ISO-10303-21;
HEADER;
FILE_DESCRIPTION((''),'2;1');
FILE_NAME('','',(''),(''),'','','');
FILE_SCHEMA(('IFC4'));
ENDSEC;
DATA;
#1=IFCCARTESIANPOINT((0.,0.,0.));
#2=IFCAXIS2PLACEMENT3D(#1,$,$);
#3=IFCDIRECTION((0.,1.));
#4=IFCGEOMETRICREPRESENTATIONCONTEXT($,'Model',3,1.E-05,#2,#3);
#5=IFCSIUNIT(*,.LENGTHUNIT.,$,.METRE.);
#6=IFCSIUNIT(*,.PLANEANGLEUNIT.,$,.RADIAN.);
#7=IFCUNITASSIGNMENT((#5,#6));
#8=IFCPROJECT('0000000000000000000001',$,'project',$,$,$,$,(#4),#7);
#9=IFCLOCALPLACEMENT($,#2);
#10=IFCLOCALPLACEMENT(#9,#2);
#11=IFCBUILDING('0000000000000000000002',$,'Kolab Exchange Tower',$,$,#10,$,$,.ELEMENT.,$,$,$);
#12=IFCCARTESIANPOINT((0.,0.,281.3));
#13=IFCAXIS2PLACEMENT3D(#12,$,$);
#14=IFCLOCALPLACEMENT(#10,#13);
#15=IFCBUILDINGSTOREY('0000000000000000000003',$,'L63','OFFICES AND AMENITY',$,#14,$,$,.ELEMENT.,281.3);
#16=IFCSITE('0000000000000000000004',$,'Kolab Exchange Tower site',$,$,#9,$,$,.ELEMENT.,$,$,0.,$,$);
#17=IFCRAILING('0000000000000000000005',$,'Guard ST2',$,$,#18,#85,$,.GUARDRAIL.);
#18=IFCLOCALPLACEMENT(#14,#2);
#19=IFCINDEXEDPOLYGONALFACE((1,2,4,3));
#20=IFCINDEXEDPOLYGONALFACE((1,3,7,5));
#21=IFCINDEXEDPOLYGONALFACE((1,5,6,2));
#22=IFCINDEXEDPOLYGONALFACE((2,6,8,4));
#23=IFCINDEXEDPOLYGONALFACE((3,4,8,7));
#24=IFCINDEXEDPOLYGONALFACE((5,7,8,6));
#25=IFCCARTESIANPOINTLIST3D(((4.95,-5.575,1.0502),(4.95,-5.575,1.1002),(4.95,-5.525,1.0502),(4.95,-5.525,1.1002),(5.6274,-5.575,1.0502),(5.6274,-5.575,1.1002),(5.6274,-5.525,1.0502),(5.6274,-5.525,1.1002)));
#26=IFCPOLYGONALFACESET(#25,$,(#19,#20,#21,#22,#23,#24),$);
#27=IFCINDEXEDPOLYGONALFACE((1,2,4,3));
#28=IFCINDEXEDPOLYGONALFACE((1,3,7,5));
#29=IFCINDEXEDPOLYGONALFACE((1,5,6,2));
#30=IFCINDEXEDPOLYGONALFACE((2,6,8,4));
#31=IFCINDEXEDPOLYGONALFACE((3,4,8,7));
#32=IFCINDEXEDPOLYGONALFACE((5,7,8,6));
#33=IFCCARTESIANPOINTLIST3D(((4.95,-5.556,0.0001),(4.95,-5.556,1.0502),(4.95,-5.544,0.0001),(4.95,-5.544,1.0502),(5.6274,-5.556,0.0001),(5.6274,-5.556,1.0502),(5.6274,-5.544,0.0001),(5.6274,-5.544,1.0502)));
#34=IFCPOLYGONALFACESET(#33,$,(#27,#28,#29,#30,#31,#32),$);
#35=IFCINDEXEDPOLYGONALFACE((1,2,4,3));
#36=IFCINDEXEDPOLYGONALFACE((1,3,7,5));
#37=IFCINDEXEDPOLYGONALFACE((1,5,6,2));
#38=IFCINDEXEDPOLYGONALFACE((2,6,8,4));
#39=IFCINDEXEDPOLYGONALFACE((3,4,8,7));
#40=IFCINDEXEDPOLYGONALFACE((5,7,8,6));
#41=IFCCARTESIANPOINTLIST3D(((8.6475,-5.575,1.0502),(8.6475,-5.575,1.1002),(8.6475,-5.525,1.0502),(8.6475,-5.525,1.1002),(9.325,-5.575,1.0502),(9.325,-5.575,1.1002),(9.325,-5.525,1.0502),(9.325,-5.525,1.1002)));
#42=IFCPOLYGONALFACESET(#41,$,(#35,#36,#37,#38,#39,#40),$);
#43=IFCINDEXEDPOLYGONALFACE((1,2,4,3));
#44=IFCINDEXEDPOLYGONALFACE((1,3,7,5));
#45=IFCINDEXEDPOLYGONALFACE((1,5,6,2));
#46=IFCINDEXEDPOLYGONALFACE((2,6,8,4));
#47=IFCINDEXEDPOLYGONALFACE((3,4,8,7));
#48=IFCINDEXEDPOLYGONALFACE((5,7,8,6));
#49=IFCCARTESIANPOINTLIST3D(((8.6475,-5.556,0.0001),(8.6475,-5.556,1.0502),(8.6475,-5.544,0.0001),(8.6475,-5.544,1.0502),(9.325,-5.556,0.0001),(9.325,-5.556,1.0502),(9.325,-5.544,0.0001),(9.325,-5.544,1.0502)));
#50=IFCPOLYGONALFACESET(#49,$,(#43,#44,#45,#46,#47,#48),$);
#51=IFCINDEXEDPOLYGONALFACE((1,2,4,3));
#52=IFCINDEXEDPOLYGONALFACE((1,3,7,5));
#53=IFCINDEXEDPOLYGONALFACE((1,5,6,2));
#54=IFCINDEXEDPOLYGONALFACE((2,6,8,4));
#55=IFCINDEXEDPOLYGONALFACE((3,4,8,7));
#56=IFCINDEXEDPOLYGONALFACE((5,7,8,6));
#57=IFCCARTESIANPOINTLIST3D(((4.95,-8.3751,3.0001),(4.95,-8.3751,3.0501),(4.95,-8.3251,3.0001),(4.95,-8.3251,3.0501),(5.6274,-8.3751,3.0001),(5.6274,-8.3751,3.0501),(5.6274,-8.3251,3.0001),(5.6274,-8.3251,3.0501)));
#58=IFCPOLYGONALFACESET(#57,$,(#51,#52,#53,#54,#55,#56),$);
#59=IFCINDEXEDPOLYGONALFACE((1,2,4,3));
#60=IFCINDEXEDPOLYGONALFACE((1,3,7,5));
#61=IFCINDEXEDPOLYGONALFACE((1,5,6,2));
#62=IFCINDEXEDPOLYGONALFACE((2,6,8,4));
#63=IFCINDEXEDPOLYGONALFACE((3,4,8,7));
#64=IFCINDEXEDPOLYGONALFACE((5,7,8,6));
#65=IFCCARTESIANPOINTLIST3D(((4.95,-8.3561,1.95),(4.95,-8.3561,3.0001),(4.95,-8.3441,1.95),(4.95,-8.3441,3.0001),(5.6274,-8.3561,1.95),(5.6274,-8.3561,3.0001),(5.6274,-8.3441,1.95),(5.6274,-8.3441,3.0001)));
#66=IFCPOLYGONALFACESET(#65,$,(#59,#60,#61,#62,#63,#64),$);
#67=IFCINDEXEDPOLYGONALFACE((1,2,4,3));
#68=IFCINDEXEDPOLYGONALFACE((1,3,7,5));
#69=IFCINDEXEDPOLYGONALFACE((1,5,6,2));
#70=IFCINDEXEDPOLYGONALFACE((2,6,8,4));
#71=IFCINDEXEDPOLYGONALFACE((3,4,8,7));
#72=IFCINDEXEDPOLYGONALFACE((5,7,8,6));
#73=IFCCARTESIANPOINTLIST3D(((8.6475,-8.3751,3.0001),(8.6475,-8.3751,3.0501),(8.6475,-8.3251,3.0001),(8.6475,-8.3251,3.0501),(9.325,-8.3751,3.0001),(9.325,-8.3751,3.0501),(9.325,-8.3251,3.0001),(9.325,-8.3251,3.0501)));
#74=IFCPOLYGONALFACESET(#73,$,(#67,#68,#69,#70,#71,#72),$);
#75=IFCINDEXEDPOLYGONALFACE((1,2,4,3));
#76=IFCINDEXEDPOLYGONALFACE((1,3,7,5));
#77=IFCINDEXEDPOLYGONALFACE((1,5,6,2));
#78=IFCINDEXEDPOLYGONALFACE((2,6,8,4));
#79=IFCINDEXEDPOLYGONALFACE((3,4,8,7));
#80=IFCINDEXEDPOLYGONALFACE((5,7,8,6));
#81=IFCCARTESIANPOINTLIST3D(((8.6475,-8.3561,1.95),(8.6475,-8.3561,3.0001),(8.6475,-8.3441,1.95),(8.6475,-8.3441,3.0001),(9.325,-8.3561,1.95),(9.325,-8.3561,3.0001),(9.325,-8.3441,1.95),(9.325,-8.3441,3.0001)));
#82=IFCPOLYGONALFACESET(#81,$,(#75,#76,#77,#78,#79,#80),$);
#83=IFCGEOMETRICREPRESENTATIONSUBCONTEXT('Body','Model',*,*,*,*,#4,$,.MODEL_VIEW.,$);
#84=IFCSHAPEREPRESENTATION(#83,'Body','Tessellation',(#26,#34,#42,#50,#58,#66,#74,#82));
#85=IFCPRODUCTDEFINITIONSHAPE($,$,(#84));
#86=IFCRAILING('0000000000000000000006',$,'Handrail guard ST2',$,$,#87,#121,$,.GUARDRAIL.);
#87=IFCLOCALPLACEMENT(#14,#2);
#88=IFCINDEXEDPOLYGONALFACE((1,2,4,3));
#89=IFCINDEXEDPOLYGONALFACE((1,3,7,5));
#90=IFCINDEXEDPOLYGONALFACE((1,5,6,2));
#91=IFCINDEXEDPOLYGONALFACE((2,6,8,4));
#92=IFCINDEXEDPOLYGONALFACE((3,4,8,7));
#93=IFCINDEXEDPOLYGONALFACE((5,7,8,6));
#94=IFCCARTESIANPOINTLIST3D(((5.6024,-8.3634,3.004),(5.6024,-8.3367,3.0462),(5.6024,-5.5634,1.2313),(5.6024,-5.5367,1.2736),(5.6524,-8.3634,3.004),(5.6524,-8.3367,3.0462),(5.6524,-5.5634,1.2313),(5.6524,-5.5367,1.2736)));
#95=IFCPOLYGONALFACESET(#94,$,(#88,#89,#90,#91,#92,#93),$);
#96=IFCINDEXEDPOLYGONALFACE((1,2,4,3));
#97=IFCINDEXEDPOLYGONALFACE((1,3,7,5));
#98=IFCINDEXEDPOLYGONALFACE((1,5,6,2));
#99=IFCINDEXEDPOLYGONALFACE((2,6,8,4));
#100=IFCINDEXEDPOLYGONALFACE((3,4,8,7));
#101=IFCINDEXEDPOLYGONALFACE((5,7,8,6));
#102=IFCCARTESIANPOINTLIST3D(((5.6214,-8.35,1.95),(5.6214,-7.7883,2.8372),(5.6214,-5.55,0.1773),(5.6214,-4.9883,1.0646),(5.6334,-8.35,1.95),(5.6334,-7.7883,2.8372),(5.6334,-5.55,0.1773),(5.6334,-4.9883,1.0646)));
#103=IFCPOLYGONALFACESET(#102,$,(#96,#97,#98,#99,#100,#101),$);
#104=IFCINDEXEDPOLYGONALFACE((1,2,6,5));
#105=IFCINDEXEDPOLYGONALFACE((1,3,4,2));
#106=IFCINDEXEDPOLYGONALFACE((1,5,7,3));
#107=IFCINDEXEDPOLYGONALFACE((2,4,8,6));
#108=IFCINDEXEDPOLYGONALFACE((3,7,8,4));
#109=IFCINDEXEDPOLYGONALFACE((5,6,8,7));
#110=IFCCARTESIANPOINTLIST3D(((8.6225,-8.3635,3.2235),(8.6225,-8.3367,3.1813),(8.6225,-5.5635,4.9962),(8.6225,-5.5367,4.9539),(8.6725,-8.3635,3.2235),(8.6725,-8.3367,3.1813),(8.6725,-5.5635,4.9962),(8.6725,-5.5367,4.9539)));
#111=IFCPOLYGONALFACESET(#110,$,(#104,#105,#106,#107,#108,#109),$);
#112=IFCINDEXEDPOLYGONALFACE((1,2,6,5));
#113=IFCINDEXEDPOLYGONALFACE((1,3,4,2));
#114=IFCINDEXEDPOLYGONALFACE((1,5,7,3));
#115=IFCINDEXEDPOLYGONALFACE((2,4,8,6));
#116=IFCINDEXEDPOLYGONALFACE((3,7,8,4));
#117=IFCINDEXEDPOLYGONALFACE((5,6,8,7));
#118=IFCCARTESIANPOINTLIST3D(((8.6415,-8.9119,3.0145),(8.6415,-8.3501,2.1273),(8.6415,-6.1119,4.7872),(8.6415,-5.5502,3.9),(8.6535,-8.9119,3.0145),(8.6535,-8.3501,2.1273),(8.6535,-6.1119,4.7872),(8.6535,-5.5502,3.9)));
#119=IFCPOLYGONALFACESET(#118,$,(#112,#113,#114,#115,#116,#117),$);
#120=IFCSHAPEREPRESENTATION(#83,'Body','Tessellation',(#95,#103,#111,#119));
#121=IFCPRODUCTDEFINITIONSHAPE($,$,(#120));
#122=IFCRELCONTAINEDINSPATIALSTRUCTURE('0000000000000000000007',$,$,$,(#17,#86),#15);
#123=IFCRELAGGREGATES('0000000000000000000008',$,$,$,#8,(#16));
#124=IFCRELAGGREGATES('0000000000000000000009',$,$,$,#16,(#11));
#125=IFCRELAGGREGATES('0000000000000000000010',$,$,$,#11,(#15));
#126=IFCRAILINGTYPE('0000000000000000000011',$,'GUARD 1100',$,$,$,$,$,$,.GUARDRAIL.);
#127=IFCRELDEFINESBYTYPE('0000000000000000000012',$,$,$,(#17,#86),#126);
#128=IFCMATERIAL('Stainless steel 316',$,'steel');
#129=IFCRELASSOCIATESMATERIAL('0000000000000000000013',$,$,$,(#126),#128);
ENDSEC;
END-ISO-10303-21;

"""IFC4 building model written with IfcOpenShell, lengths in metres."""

from ifc_helpers import new_model, si_unit, direction, frame, frame_2d, origin, origin_2d, place, context, subcontext, project, spatial, rectangle, extrude, material, type_object, element, save


model = new_model("IFC4")

# Units and contexts
model_context = context("Model", 3, precision=1e-05, world=origin(), true_north=direction((0.0, 1.0)))
body_context = subcontext(model_context, "Body", "Model", "MODEL_VIEW")
ifc_project = project(units=[si_unit("LENGTHUNIT", "METRE"), si_unit("PLANEANGLEUNIT", "RADIAN")], contexts=[model_context])

# Site, building, storey
site_placement = place(None, origin())
site = spatial("IfcSite", under=ifc_project, at=site_placement, Name="Kolab Exchange Tower site", CompositionType="ELEMENT", RefElevation=0.0)
building_placement = place(site_placement, origin())
building = spatial("IfcBuilding", under=site, at=building_placement, Name="Kolab Exchange Tower", CompositionType="ELEMENT")
storey_placement = place(building_placement, frame((0.0, 0.0, 281.3)))
storey = spatial("IfcBuildingStorey", under=building, at=storey_placement, Name="L63", Description="OFFICES AND AMENITY", CompositionType="ELEMENT", Elevation=281.3)

# Shared definitions
ifc_material_1 = material(Name="Stainless steel 316", Category="steel")

# Railings
railing_type = type_object("IfcRailingType", Name="GUARD 1100", PredefinedType="GUARDRAIL", material=ifc_material_1)
railing_1_placement = place(storey_placement, frame((4.95, -5.55, 0.0)))
element("IfcRailing", 1, at=railing_1_placement, inside=storey, type_object=railing_type, Name="Guard ST2", PredefinedType="GUARDRAIL", context=body_context, shape_type="SweptSolid", body=[
    extrude(rectangle(XDim=0.05, YDim=0.05, at=origin_2d()), frame((0.0, 0.0, 1.0752), z_axis=(1.0, 0.0, 0.0), x_axis=(0.0, 1.0, 0.0)), (0.0, 0.0, 1.0), 0.6775),
    extrude(rectangle(XDim=0.012, YDim=1.0501, at=frame_2d((0.0, 0.5251))), frame((0.0, 0.0, 0.0), z_axis=(1.0, 0.0, 0.0), x_axis=(0.0, 1.0, 0.0)), (0.0, 0.0, 1.0), 0.6775),
    extrude(rectangle(XDim=0.05, YDim=0.05, at=origin_2d()), frame((3.6975, 0.0, 1.0752), z_axis=(1.0, 0.0, 0.0), x_axis=(0.0, 1.0, 0.0)), (0.0, 0.0, 1.0), 0.6775),
    extrude(rectangle(XDim=0.012, YDim=1.0501, at=frame_2d((0.0, 0.5251))), frame((3.6975, 0.0, 0.0), z_axis=(1.0, 0.0, 0.0), x_axis=(0.0, 1.0, 0.0)), (0.0, 0.0, 1.0), 0.6775),
    extrude(rectangle(XDim=0.05, YDim=0.05, at=origin_2d()), frame((0.0, -2.8, 3.0251), z_axis=(1.0, 0.0, 0.0), x_axis=(0.0, 1.0, 0.0)), (0.0, 0.0, 1.0), 0.6775),
    extrude(rectangle(XDim=0.012, YDim=1.0501, at=frame_2d((0.0, 0.5251))), frame((0.0, -2.8, 1.95), z_axis=(1.0, 0.0, 0.0), x_axis=(0.0, 1.0, 0.0)), (0.0, 0.0, 1.0), 0.6775),
    extrude(rectangle(XDim=0.05, YDim=0.05, at=origin_2d()), frame((3.6975, -2.8, 3.0251), z_axis=(1.0, 0.0, 0.0), x_axis=(0.0, 1.0, 0.0)), (0.0, 0.0, 1.0), 0.6775),
    extrude(rectangle(XDim=0.012, YDim=1.0501, at=frame_2d((0.0, 0.5251))), frame((3.6975, -2.8, 1.95), z_axis=(1.0, 0.0, 0.0), x_axis=(0.0, 1.0, 0.0)), (0.0, 0.0, 1.0), 0.6775),
])
railing_2_placement = place(storey_placement, frame((5.6274, -5.55, 0.1772)))
element("IfcRailing", 2, at=railing_2_placement, inside=storey, type_object=railing_type, Name="Handrail guard ST2", PredefinedType="GUARDRAIL", context=body_context, shape_type="SweptSolid", body=[
    extrude(rectangle(XDim=0.05, YDim=0.05, at=origin_2d()), frame((0.0, 0.0, 1.0752), z_axis=(0.0, -0.844909, 0.53491), x_axis=(1.0, 0.0, 0.0)), (0.0, 0.0, 1.0), 3.314),
    extrude(rectangle(XDim=0.012, YDim=1.0501, at=frame_2d((0.0, 0.5251))), frame((0.0, 0.0, 0.0), z_axis=(0.0, -0.844909, 0.53491), x_axis=(1.0, 0.0, 0.0)), (0.0, 0.0, 1.0), 3.314),
    extrude(rectangle(XDim=0.05, YDim=0.05, at=origin_2d()), frame((3.02, -2.8, 3.0251), z_axis=(0.0, 0.844909, 0.53491), x_axis=(-1.0, 0.0, 0.0)), (0.0, 0.0, 1.0), 3.314),
    extrude(rectangle(XDim=0.012, YDim=1.0501, at=frame_2d((0.0, 0.5251))), frame((3.02, -2.8, 1.95), z_axis=(0.0, 0.844909, 0.53491), x_axis=(-1.0, 0.0, 0.0)), (0.0, 0.0, 1.0), 3.314),
])

save(model, "model.ifc")
